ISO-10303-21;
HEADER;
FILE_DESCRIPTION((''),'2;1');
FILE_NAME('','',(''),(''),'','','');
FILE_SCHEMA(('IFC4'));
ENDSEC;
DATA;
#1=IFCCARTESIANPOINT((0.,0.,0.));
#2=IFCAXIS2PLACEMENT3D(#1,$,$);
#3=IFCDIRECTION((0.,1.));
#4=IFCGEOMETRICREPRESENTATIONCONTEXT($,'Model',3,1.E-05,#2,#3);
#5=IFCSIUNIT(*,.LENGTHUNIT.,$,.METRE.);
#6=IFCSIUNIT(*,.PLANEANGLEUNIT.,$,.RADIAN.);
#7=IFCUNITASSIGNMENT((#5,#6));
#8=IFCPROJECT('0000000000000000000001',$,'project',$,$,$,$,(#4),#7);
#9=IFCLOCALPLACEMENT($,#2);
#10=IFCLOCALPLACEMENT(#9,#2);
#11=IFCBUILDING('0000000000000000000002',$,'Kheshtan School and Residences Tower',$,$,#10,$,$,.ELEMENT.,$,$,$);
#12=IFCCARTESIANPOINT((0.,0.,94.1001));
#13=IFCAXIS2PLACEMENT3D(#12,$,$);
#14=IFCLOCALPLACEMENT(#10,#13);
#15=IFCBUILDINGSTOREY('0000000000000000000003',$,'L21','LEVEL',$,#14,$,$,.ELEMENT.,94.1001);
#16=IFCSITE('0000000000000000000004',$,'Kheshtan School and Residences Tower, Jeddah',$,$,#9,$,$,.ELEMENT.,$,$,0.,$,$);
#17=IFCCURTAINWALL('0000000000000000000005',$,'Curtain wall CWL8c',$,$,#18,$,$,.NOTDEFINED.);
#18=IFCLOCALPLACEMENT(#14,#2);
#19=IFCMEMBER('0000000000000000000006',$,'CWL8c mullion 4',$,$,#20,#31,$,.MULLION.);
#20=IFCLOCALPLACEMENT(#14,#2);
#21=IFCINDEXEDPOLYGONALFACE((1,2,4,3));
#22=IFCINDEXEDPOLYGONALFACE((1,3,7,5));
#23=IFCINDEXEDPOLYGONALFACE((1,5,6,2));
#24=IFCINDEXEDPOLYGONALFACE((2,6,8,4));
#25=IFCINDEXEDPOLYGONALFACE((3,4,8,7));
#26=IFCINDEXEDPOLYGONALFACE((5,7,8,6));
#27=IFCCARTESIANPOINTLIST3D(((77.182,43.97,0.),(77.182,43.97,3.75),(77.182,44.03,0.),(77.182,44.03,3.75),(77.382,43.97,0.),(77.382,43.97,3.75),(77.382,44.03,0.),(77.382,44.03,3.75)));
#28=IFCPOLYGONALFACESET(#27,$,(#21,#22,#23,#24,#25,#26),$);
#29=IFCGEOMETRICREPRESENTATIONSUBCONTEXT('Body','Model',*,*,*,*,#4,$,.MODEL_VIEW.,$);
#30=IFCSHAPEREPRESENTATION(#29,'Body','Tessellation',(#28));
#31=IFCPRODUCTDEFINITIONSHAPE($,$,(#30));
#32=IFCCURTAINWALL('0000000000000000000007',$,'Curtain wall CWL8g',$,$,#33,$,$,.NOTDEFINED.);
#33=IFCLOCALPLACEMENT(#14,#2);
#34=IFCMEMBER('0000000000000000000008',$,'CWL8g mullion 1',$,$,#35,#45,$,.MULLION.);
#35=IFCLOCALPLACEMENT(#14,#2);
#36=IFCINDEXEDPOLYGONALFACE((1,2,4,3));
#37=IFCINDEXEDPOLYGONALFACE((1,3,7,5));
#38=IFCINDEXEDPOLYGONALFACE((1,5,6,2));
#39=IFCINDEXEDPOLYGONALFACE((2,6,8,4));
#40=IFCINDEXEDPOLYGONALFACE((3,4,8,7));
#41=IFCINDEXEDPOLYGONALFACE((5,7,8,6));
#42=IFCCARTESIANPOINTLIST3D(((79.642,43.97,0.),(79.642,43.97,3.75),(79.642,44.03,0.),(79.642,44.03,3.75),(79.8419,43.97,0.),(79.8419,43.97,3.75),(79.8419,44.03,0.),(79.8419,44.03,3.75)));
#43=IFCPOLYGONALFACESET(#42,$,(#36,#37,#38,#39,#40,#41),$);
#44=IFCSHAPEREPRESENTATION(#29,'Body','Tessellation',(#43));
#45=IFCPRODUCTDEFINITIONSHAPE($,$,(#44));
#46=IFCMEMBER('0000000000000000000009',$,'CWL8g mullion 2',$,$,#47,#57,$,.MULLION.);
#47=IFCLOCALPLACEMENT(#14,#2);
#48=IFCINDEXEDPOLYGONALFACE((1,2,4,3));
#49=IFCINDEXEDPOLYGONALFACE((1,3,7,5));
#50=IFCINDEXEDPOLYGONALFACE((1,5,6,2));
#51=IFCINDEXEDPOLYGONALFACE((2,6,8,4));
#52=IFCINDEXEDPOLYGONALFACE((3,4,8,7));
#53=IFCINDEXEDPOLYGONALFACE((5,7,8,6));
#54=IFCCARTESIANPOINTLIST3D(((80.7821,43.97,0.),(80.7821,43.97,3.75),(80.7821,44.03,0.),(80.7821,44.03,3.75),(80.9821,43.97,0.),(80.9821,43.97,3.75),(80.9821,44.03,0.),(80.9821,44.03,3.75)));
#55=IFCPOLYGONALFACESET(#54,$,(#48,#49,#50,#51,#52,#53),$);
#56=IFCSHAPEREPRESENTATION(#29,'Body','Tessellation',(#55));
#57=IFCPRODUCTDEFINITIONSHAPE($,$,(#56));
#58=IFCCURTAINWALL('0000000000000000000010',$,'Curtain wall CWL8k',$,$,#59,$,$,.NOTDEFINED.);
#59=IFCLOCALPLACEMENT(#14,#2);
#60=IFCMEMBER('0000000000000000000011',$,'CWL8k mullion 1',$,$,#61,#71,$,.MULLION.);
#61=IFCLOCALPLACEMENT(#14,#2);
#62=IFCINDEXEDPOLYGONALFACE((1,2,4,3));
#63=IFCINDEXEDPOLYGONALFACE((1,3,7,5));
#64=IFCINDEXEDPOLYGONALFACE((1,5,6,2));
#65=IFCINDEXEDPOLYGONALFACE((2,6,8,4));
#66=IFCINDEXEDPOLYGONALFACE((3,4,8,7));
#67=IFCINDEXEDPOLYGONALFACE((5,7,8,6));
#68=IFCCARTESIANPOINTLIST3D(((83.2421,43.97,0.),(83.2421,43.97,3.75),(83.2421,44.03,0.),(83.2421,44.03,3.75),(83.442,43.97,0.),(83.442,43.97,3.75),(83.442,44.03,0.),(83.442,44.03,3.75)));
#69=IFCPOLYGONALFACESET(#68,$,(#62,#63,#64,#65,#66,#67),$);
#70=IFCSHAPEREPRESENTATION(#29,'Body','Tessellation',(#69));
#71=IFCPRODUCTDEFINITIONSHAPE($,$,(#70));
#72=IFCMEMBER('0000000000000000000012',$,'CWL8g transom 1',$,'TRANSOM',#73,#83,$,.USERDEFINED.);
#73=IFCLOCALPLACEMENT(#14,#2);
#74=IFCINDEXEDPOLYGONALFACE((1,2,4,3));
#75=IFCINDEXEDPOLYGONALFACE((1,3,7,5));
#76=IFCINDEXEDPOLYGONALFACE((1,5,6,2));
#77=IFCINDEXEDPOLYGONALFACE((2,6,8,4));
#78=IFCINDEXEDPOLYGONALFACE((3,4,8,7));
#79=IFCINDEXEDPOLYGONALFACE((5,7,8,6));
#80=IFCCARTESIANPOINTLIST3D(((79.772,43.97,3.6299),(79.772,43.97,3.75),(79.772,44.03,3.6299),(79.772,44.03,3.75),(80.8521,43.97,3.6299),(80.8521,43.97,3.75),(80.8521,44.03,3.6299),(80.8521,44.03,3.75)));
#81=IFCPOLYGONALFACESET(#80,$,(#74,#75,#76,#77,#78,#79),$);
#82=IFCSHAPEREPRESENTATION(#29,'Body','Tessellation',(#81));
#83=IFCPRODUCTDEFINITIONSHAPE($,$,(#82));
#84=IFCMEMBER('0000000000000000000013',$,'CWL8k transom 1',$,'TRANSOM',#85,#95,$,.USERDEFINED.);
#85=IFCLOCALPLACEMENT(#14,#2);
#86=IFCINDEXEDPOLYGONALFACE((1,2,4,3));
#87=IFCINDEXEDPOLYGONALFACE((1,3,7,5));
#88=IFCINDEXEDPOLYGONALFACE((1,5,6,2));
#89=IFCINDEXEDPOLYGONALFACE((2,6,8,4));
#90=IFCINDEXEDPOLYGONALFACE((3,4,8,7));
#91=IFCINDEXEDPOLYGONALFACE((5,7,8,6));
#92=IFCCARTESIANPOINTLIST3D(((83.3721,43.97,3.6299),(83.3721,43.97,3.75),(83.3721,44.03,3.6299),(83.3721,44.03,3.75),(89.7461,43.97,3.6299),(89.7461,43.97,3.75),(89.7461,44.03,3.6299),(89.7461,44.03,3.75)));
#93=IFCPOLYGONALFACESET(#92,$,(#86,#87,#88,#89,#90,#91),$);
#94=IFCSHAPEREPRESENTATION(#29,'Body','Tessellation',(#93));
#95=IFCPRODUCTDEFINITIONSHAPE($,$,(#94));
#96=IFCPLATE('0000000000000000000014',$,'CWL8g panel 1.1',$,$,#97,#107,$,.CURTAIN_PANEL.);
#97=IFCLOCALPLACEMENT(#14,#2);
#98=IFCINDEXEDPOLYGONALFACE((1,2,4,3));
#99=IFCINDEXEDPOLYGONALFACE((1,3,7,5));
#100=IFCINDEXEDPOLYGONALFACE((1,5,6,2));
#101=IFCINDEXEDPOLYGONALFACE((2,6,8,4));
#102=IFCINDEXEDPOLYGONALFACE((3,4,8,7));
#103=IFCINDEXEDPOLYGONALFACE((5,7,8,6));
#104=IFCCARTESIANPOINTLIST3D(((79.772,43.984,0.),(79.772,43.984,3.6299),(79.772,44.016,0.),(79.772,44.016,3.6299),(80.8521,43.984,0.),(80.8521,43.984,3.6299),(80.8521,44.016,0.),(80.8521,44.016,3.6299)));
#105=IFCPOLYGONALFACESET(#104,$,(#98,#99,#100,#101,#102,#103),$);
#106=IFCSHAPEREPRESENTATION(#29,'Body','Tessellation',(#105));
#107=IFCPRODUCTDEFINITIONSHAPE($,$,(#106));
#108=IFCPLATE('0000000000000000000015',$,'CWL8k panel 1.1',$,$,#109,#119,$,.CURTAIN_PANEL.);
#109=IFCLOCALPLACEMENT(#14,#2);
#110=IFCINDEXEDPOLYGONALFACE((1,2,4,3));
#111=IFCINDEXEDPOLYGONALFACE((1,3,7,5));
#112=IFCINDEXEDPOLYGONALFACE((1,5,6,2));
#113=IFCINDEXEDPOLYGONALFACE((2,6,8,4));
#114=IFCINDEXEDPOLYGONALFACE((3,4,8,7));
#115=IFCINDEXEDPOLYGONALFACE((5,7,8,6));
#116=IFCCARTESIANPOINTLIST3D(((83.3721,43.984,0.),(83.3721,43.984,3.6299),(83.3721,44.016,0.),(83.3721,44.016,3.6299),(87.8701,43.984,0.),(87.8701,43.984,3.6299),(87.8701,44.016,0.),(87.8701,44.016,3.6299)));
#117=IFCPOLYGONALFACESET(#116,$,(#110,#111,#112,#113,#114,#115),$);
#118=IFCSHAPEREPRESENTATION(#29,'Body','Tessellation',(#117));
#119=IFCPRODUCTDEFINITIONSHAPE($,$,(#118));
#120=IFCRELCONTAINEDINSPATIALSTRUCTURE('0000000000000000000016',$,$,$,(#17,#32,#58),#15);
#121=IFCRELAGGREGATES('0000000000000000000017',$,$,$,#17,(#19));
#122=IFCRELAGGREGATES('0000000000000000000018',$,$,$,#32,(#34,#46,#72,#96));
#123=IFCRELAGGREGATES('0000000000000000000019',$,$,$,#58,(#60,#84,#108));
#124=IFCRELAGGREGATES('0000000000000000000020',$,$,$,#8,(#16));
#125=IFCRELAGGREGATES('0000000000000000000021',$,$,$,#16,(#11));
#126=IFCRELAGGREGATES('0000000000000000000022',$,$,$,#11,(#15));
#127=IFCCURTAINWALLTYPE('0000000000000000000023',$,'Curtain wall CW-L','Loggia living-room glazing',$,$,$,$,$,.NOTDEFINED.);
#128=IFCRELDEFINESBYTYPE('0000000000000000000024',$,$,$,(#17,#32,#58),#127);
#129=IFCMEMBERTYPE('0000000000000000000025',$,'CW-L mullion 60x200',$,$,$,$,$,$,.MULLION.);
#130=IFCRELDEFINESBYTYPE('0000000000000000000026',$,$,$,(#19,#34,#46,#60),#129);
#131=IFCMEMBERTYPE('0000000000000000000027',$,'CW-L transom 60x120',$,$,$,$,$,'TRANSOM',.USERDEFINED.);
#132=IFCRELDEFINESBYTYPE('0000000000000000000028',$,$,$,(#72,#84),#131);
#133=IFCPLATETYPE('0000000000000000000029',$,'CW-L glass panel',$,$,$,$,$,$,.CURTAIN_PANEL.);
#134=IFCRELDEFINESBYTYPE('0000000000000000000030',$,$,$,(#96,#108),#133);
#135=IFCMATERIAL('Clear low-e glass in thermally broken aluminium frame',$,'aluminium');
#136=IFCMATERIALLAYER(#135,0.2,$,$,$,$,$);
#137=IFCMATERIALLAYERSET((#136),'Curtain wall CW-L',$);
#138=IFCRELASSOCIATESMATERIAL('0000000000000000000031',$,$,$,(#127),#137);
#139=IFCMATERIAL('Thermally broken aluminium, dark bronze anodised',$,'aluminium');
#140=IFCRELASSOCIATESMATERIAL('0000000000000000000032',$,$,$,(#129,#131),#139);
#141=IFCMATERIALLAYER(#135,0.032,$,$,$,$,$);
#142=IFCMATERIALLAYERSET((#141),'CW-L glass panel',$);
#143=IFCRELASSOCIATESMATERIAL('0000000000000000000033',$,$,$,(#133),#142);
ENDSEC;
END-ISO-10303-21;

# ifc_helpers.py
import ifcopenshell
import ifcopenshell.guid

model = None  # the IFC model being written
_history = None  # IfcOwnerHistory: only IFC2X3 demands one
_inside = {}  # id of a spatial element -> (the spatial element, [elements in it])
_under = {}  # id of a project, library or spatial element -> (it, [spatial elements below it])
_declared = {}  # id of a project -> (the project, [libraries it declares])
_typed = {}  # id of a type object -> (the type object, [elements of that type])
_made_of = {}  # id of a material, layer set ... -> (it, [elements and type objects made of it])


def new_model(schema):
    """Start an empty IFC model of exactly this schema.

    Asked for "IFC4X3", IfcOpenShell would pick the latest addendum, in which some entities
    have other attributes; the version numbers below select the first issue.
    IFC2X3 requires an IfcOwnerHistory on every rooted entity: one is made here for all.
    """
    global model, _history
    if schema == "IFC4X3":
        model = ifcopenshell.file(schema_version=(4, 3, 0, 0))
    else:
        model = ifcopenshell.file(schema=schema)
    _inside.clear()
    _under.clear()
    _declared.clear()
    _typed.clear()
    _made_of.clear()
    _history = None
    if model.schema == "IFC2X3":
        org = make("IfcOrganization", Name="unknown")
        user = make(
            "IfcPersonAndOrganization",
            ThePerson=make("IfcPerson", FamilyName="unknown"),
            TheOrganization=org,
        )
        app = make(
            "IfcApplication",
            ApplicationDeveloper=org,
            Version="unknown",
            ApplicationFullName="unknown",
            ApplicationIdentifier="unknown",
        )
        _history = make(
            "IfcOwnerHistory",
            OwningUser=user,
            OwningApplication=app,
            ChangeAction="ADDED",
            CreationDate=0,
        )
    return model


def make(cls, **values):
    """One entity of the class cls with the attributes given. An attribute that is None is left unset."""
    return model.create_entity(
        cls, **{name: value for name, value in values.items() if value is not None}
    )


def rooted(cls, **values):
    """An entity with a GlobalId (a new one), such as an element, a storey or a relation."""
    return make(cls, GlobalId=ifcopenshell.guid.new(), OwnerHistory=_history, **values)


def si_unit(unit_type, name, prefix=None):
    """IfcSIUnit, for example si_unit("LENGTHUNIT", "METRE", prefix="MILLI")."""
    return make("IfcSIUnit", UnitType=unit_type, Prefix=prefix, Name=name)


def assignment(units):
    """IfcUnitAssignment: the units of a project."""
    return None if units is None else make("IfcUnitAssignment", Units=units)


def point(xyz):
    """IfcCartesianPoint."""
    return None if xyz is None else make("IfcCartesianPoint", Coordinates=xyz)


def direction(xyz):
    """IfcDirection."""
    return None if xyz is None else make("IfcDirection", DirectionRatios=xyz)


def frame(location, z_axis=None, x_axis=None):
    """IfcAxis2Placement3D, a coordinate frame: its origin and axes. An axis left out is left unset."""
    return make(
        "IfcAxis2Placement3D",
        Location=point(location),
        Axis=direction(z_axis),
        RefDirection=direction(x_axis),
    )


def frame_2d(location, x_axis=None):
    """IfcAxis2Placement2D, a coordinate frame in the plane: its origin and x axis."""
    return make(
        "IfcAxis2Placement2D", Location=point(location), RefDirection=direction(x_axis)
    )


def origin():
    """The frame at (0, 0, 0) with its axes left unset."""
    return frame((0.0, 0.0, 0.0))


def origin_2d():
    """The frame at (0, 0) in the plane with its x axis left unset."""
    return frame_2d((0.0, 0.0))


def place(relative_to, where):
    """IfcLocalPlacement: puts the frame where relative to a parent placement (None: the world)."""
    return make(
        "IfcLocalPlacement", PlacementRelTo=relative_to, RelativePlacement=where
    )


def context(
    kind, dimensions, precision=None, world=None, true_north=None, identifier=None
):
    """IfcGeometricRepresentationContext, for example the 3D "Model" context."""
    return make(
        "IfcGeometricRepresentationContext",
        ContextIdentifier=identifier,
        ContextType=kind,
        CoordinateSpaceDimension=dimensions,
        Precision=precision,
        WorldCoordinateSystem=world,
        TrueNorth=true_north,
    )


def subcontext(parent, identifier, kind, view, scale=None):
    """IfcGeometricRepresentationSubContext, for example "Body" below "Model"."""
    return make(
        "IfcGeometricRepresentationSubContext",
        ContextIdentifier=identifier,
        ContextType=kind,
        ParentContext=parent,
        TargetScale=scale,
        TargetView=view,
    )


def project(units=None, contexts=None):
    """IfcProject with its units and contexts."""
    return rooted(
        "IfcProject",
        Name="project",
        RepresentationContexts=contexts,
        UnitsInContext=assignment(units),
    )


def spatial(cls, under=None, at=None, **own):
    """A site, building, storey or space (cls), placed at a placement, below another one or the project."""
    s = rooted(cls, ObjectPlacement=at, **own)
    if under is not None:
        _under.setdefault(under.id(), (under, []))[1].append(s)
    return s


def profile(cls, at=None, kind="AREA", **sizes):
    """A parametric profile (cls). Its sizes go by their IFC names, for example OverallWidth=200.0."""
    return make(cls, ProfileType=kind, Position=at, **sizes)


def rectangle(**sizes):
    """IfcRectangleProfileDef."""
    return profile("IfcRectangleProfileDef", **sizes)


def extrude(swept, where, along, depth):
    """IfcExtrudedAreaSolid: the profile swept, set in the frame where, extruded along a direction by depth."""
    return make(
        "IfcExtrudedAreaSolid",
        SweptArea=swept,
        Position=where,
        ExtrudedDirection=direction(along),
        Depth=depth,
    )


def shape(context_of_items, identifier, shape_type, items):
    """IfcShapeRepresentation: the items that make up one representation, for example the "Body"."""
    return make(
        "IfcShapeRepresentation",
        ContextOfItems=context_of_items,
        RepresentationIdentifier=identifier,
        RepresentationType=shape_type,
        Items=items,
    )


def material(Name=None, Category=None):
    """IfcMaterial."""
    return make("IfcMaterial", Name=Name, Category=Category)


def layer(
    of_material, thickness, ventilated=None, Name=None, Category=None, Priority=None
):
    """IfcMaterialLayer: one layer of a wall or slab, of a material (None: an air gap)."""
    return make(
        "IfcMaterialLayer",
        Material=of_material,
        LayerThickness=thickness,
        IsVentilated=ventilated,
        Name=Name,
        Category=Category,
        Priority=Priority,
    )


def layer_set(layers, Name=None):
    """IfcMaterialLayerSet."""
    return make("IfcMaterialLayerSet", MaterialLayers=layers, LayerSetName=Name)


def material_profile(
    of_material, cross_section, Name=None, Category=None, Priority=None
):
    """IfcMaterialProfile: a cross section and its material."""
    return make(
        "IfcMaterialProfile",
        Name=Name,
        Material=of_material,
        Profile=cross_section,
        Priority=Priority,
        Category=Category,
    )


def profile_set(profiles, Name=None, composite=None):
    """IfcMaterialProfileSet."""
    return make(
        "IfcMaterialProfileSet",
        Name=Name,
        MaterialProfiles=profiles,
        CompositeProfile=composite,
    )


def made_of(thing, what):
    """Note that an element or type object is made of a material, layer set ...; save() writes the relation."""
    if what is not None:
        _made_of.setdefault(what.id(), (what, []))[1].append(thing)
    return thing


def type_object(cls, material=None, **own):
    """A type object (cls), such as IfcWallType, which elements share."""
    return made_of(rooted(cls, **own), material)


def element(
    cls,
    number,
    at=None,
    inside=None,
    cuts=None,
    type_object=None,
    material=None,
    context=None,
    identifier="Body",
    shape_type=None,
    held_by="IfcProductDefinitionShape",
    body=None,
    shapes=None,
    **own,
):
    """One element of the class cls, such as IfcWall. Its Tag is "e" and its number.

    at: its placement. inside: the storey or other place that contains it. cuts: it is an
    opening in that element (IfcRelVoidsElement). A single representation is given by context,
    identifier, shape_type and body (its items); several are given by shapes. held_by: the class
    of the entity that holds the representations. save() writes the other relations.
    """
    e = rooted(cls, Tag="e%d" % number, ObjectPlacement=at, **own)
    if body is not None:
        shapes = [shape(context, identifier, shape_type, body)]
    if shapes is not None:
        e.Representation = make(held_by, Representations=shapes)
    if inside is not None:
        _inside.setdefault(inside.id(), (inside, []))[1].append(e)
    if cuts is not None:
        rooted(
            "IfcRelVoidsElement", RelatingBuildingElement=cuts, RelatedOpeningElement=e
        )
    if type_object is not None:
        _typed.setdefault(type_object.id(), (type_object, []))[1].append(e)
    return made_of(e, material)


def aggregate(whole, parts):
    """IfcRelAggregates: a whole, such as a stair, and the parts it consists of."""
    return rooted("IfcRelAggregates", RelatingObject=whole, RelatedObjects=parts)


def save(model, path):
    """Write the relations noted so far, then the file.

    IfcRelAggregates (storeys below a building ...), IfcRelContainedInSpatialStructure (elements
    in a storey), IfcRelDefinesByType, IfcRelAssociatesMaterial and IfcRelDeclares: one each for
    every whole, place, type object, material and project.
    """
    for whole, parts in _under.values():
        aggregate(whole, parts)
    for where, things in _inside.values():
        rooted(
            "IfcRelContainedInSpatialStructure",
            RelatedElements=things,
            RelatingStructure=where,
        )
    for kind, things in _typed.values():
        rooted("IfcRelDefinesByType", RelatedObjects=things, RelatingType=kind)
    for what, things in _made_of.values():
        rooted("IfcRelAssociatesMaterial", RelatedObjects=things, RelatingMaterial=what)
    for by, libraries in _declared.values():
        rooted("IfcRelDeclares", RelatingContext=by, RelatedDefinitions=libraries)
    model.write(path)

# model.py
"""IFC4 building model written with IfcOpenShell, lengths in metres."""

from ifc_helpers import new_model, si_unit, direction, frame, origin, origin_2d, place, context, subcontext, project, spatial, rectangle, extrude, material, layer, layer_set, material_profile, profile_set, type_object, element, aggregate, save


model = new_model("IFC4")

# Units and contexts
model_context = context("Model", 3, precision=1e-05, world=origin(), true_north=direction((0.0, 1.0)))
body_context = subcontext(model_context, "Body", "Model", "MODEL_VIEW")
ifc_project = project(units=[si_unit("LENGTHUNIT", "METRE"), si_unit("PLANEANGLEUNIT", "RADIAN")], contexts=[model_context])

# Site, building, storey
site_placement = place(None, origin())
site = spatial("IfcSite", under=ifc_project, at=site_placement, Name="Kheshtan School and Residences Tower, Jeddah", CompositionType="ELEMENT", RefElevation=0.0)
building_placement = place(site_placement, origin())
building = spatial("IfcBuilding", under=site, at=building_placement, Name="Kheshtan School and Residences Tower", CompositionType="ELEMENT")
storey_placement = place(building_placement, frame((0.0, 0.0, 94.1001)))
storey = spatial("IfcBuildingStorey", under=building, at=storey_placement, Name="L21", Description="LEVEL", CompositionType="ELEMENT", Elevation=94.1001)

# Curtain wall, member
ifc_material_1 = material(Name="Clear low-e glass in thermally broken aluminium frame", Category="aluminium")
ifc_layer_1 = layer(ifc_material_1, 0.2)
ifc_layer_set_1 = layer_set([ifc_layer_1], Name="Curtain wall CW-L")
curtain_wall_type = type_object("IfcCurtainWallType", Name="Curtain wall CW-L", Description="Loggia living-room glazing", PredefinedType="NOTDEFINED", material=ifc_layer_set_1)
curtain_wall_1_placement = place(storey_placement, origin())
curtain_wall_1 = element("IfcCurtainWall", 1, at=curtain_wall_1_placement, inside=storey, type_object=curtain_wall_type, Name="Curtain wall CWL8c", PredefinedType="NOTDEFINED")
ifc_material_2 = material(Name="Thermally broken aluminium, dark bronze anodised", Category="aluminium")
ifc_material_profile_1 = material_profile(ifc_material_2, rectangle(XDim=0.0601, YDim=0.2, at=origin_2d()), Name="CW-L mullion 60x200")
ifc_profile_set_1 = profile_set([ifc_material_profile_1], Name="Thermally broken aluminium, dark bronze anodised")
member_type_1 = type_object("IfcMemberType", Name="CW-L mullion 60x200", PredefinedType="MULLION", material=ifc_profile_set_1)
member_1_placement = place(storey_placement, frame((77.282, 44.0, 0.0), z_axis=(0.0, 0.0, 1.0), x_axis=(0.0, 1.0, 0.0)))
member_1 = element("IfcMember", 2, at=member_1_placement, type_object=member_type_1, Name="CWL8c mullion 4", PredefinedType="MULLION", context=body_context, shape_type="SweptSolid", body=[
    extrude(rectangle(XDim=0.0601, YDim=0.2, at=origin_2d()), origin(), (0.0, 0.0, 1.0), 3.75),
])
aggregate(curtain_wall_1, [member_1])

# Curtain wall, members
curtain_wall_2_placement = place(storey_placement, origin())
curtain_wall_2 = element("IfcCurtainWall", 3, at=curtain_wall_2_placement, inside=storey, type_object=curtain_wall_type, Name="Curtain wall CWL8g", PredefinedType="NOTDEFINED")
member_2_placement = place(storey_placement, frame((79.7419, 44.0, 0.0), z_axis=(0.0, 0.0, 1.0), x_axis=(0.0, 1.0, 0.0)))
member_2 = element("IfcMember", 4, at=member_2_placement, type_object=member_type_1, Name="CWL8g mullion 1", PredefinedType="MULLION", context=body_context, shape_type="SweptSolid", body=[
    extrude(rectangle(XDim=0.0601, YDim=0.2, at=origin_2d()), origin(), (0.0, 0.0, 1.0), 3.75),
])
member_3_placement = place(storey_placement, frame((80.8821, 44.0, 0.0), z_axis=(0.0, 0.0, 1.0), x_axis=(0.0, 1.0, 0.0)))
member_3 = element("IfcMember", 5, at=member_3_placement, type_object=member_type_1, Name="CWL8g mullion 2", PredefinedType="MULLION", context=body_context, shape_type="SweptSolid", body=[
    extrude(rectangle(XDim=0.0601, YDim=0.2, at=origin_2d()), origin(), (0.0, 0.0, 1.0), 3.75),
])

# Curtain wall, member
curtain_wall_3_placement = place(storey_placement, origin())
curtain_wall_3 = element("IfcCurtainWall", 6, at=curtain_wall_3_placement, inside=storey, type_object=curtain_wall_type, Name="Curtain wall CWL8k", PredefinedType="NOTDEFINED")
member_4_placement = place(storey_placement, frame((83.342, 44.0, 0.0), z_axis=(0.0, 0.0, 1.0), x_axis=(0.0, 1.0, 0.0)))
member_4 = element("IfcMember", 7, at=member_4_placement, type_object=member_type_1, Name="CWL8k mullion 1", PredefinedType="MULLION", context=body_context, shape_type="SweptSolid", body=[
    extrude(rectangle(XDim=0.0601, YDim=0.2, at=origin_2d()), origin(), (0.0, 0.0, 1.0), 3.75),
])

# Members
ifc_material_profile_2 = material_profile(ifc_material_2, rectangle(XDim=0.0601, YDim=0.1201, at=origin_2d()), Name="CW-L transom 60x120")
ifc_profile_set_2 = profile_set([ifc_material_profile_2], Name="Thermally broken aluminium, dark bronze anodised")
member_type_2 = type_object("IfcMemberType", Name="CW-L transom 60x120", ElementType="TRANSOM", PredefinedType="USERDEFINED", material=ifc_profile_set_2)
member_5_placement = place(storey_placement, frame((79.772, 44.0, 3.6899), z_axis=(1.0, 0.0, 0.0), x_axis=(0.0, 1.0, 0.0)))
member_5 = element("IfcMember", 8, at=member_5_placement, type_object=member_type_2, Name="CWL8g transom 1", ObjectType="TRANSOM", PredefinedType="USERDEFINED", context=body_context, shape_type="SweptSolid", body=[
    extrude(rectangle(XDim=0.0601, YDim=0.1201, at=origin_2d()), origin(), (0.0, 0.0, 1.0), 1.0801),
])
member_6_placement = place(storey_placement, frame((83.3721, 44.0, 3.6899), z_axis=(1.0, 0.0, 0.0), x_axis=(0.0, 1.0, 0.0)))
member_6 = element("IfcMember", 9, at=member_6_placement, type_object=member_type_2, Name="CWL8k transom 1", ObjectType="TRANSOM", PredefinedType="USERDEFINED", context=body_context, shape_type="SweptSolid", body=[
    extrude(rectangle(XDim=0.0601, YDim=0.1201, at=origin_2d()), origin(), (0.0, 0.0, 1.0), 6.374),
])

# Plates
ifc_layer_2 = layer(ifc_material_1, 0.032)
ifc_layer_set_2 = layer_set([ifc_layer_2], Name="CW-L glass panel")
plate_type = type_object("IfcPlateType", Name="CW-L glass panel", PredefinedType="CURTAIN_PANEL", material=ifc_layer_set_2)
plate_1_placement = place(storey_placement, frame((80.312, 44.0, 0.0), z_axis=(0.0, 0.0, 1.0), x_axis=(1.0, 0.0, 0.0)))
plate_1 = element("IfcPlate", 10, at=plate_1_placement, type_object=plate_type, Name="CWL8g panel 1.1", PredefinedType="CURTAIN_PANEL", context=body_context, shape_type="SweptSolid", body=[
    extrude(rectangle(XDim=1.0801, YDim=0.032, at=origin_2d()), origin(), (0.0, 0.0, 1.0), 3.6299),
])
aggregate(curtain_wall_2, [member_2, member_3, member_5, plate_1])
plate_2_placement = place(storey_placement, frame((85.6211, 44.0, 0.0), z_axis=(0.0, 0.0, 1.0), x_axis=(1.0, 0.0, 0.0)))
plate_2 = element("IfcPlate", 11, at=plate_2_placement, type_object=plate_type, Name="CWL8k panel 1.1", PredefinedType="CURTAIN_PANEL", context=body_context, shape_type="SweptSolid", body=[
    extrude(rectangle(XDim=4.498, YDim=0.032, at=origin_2d()), origin(), (0.0, 0.0, 1.0), 3.6299),
])
aggregate(curtain_wall_3, [member_4, member_6, plate_2])

save(model, "model.ifc")
